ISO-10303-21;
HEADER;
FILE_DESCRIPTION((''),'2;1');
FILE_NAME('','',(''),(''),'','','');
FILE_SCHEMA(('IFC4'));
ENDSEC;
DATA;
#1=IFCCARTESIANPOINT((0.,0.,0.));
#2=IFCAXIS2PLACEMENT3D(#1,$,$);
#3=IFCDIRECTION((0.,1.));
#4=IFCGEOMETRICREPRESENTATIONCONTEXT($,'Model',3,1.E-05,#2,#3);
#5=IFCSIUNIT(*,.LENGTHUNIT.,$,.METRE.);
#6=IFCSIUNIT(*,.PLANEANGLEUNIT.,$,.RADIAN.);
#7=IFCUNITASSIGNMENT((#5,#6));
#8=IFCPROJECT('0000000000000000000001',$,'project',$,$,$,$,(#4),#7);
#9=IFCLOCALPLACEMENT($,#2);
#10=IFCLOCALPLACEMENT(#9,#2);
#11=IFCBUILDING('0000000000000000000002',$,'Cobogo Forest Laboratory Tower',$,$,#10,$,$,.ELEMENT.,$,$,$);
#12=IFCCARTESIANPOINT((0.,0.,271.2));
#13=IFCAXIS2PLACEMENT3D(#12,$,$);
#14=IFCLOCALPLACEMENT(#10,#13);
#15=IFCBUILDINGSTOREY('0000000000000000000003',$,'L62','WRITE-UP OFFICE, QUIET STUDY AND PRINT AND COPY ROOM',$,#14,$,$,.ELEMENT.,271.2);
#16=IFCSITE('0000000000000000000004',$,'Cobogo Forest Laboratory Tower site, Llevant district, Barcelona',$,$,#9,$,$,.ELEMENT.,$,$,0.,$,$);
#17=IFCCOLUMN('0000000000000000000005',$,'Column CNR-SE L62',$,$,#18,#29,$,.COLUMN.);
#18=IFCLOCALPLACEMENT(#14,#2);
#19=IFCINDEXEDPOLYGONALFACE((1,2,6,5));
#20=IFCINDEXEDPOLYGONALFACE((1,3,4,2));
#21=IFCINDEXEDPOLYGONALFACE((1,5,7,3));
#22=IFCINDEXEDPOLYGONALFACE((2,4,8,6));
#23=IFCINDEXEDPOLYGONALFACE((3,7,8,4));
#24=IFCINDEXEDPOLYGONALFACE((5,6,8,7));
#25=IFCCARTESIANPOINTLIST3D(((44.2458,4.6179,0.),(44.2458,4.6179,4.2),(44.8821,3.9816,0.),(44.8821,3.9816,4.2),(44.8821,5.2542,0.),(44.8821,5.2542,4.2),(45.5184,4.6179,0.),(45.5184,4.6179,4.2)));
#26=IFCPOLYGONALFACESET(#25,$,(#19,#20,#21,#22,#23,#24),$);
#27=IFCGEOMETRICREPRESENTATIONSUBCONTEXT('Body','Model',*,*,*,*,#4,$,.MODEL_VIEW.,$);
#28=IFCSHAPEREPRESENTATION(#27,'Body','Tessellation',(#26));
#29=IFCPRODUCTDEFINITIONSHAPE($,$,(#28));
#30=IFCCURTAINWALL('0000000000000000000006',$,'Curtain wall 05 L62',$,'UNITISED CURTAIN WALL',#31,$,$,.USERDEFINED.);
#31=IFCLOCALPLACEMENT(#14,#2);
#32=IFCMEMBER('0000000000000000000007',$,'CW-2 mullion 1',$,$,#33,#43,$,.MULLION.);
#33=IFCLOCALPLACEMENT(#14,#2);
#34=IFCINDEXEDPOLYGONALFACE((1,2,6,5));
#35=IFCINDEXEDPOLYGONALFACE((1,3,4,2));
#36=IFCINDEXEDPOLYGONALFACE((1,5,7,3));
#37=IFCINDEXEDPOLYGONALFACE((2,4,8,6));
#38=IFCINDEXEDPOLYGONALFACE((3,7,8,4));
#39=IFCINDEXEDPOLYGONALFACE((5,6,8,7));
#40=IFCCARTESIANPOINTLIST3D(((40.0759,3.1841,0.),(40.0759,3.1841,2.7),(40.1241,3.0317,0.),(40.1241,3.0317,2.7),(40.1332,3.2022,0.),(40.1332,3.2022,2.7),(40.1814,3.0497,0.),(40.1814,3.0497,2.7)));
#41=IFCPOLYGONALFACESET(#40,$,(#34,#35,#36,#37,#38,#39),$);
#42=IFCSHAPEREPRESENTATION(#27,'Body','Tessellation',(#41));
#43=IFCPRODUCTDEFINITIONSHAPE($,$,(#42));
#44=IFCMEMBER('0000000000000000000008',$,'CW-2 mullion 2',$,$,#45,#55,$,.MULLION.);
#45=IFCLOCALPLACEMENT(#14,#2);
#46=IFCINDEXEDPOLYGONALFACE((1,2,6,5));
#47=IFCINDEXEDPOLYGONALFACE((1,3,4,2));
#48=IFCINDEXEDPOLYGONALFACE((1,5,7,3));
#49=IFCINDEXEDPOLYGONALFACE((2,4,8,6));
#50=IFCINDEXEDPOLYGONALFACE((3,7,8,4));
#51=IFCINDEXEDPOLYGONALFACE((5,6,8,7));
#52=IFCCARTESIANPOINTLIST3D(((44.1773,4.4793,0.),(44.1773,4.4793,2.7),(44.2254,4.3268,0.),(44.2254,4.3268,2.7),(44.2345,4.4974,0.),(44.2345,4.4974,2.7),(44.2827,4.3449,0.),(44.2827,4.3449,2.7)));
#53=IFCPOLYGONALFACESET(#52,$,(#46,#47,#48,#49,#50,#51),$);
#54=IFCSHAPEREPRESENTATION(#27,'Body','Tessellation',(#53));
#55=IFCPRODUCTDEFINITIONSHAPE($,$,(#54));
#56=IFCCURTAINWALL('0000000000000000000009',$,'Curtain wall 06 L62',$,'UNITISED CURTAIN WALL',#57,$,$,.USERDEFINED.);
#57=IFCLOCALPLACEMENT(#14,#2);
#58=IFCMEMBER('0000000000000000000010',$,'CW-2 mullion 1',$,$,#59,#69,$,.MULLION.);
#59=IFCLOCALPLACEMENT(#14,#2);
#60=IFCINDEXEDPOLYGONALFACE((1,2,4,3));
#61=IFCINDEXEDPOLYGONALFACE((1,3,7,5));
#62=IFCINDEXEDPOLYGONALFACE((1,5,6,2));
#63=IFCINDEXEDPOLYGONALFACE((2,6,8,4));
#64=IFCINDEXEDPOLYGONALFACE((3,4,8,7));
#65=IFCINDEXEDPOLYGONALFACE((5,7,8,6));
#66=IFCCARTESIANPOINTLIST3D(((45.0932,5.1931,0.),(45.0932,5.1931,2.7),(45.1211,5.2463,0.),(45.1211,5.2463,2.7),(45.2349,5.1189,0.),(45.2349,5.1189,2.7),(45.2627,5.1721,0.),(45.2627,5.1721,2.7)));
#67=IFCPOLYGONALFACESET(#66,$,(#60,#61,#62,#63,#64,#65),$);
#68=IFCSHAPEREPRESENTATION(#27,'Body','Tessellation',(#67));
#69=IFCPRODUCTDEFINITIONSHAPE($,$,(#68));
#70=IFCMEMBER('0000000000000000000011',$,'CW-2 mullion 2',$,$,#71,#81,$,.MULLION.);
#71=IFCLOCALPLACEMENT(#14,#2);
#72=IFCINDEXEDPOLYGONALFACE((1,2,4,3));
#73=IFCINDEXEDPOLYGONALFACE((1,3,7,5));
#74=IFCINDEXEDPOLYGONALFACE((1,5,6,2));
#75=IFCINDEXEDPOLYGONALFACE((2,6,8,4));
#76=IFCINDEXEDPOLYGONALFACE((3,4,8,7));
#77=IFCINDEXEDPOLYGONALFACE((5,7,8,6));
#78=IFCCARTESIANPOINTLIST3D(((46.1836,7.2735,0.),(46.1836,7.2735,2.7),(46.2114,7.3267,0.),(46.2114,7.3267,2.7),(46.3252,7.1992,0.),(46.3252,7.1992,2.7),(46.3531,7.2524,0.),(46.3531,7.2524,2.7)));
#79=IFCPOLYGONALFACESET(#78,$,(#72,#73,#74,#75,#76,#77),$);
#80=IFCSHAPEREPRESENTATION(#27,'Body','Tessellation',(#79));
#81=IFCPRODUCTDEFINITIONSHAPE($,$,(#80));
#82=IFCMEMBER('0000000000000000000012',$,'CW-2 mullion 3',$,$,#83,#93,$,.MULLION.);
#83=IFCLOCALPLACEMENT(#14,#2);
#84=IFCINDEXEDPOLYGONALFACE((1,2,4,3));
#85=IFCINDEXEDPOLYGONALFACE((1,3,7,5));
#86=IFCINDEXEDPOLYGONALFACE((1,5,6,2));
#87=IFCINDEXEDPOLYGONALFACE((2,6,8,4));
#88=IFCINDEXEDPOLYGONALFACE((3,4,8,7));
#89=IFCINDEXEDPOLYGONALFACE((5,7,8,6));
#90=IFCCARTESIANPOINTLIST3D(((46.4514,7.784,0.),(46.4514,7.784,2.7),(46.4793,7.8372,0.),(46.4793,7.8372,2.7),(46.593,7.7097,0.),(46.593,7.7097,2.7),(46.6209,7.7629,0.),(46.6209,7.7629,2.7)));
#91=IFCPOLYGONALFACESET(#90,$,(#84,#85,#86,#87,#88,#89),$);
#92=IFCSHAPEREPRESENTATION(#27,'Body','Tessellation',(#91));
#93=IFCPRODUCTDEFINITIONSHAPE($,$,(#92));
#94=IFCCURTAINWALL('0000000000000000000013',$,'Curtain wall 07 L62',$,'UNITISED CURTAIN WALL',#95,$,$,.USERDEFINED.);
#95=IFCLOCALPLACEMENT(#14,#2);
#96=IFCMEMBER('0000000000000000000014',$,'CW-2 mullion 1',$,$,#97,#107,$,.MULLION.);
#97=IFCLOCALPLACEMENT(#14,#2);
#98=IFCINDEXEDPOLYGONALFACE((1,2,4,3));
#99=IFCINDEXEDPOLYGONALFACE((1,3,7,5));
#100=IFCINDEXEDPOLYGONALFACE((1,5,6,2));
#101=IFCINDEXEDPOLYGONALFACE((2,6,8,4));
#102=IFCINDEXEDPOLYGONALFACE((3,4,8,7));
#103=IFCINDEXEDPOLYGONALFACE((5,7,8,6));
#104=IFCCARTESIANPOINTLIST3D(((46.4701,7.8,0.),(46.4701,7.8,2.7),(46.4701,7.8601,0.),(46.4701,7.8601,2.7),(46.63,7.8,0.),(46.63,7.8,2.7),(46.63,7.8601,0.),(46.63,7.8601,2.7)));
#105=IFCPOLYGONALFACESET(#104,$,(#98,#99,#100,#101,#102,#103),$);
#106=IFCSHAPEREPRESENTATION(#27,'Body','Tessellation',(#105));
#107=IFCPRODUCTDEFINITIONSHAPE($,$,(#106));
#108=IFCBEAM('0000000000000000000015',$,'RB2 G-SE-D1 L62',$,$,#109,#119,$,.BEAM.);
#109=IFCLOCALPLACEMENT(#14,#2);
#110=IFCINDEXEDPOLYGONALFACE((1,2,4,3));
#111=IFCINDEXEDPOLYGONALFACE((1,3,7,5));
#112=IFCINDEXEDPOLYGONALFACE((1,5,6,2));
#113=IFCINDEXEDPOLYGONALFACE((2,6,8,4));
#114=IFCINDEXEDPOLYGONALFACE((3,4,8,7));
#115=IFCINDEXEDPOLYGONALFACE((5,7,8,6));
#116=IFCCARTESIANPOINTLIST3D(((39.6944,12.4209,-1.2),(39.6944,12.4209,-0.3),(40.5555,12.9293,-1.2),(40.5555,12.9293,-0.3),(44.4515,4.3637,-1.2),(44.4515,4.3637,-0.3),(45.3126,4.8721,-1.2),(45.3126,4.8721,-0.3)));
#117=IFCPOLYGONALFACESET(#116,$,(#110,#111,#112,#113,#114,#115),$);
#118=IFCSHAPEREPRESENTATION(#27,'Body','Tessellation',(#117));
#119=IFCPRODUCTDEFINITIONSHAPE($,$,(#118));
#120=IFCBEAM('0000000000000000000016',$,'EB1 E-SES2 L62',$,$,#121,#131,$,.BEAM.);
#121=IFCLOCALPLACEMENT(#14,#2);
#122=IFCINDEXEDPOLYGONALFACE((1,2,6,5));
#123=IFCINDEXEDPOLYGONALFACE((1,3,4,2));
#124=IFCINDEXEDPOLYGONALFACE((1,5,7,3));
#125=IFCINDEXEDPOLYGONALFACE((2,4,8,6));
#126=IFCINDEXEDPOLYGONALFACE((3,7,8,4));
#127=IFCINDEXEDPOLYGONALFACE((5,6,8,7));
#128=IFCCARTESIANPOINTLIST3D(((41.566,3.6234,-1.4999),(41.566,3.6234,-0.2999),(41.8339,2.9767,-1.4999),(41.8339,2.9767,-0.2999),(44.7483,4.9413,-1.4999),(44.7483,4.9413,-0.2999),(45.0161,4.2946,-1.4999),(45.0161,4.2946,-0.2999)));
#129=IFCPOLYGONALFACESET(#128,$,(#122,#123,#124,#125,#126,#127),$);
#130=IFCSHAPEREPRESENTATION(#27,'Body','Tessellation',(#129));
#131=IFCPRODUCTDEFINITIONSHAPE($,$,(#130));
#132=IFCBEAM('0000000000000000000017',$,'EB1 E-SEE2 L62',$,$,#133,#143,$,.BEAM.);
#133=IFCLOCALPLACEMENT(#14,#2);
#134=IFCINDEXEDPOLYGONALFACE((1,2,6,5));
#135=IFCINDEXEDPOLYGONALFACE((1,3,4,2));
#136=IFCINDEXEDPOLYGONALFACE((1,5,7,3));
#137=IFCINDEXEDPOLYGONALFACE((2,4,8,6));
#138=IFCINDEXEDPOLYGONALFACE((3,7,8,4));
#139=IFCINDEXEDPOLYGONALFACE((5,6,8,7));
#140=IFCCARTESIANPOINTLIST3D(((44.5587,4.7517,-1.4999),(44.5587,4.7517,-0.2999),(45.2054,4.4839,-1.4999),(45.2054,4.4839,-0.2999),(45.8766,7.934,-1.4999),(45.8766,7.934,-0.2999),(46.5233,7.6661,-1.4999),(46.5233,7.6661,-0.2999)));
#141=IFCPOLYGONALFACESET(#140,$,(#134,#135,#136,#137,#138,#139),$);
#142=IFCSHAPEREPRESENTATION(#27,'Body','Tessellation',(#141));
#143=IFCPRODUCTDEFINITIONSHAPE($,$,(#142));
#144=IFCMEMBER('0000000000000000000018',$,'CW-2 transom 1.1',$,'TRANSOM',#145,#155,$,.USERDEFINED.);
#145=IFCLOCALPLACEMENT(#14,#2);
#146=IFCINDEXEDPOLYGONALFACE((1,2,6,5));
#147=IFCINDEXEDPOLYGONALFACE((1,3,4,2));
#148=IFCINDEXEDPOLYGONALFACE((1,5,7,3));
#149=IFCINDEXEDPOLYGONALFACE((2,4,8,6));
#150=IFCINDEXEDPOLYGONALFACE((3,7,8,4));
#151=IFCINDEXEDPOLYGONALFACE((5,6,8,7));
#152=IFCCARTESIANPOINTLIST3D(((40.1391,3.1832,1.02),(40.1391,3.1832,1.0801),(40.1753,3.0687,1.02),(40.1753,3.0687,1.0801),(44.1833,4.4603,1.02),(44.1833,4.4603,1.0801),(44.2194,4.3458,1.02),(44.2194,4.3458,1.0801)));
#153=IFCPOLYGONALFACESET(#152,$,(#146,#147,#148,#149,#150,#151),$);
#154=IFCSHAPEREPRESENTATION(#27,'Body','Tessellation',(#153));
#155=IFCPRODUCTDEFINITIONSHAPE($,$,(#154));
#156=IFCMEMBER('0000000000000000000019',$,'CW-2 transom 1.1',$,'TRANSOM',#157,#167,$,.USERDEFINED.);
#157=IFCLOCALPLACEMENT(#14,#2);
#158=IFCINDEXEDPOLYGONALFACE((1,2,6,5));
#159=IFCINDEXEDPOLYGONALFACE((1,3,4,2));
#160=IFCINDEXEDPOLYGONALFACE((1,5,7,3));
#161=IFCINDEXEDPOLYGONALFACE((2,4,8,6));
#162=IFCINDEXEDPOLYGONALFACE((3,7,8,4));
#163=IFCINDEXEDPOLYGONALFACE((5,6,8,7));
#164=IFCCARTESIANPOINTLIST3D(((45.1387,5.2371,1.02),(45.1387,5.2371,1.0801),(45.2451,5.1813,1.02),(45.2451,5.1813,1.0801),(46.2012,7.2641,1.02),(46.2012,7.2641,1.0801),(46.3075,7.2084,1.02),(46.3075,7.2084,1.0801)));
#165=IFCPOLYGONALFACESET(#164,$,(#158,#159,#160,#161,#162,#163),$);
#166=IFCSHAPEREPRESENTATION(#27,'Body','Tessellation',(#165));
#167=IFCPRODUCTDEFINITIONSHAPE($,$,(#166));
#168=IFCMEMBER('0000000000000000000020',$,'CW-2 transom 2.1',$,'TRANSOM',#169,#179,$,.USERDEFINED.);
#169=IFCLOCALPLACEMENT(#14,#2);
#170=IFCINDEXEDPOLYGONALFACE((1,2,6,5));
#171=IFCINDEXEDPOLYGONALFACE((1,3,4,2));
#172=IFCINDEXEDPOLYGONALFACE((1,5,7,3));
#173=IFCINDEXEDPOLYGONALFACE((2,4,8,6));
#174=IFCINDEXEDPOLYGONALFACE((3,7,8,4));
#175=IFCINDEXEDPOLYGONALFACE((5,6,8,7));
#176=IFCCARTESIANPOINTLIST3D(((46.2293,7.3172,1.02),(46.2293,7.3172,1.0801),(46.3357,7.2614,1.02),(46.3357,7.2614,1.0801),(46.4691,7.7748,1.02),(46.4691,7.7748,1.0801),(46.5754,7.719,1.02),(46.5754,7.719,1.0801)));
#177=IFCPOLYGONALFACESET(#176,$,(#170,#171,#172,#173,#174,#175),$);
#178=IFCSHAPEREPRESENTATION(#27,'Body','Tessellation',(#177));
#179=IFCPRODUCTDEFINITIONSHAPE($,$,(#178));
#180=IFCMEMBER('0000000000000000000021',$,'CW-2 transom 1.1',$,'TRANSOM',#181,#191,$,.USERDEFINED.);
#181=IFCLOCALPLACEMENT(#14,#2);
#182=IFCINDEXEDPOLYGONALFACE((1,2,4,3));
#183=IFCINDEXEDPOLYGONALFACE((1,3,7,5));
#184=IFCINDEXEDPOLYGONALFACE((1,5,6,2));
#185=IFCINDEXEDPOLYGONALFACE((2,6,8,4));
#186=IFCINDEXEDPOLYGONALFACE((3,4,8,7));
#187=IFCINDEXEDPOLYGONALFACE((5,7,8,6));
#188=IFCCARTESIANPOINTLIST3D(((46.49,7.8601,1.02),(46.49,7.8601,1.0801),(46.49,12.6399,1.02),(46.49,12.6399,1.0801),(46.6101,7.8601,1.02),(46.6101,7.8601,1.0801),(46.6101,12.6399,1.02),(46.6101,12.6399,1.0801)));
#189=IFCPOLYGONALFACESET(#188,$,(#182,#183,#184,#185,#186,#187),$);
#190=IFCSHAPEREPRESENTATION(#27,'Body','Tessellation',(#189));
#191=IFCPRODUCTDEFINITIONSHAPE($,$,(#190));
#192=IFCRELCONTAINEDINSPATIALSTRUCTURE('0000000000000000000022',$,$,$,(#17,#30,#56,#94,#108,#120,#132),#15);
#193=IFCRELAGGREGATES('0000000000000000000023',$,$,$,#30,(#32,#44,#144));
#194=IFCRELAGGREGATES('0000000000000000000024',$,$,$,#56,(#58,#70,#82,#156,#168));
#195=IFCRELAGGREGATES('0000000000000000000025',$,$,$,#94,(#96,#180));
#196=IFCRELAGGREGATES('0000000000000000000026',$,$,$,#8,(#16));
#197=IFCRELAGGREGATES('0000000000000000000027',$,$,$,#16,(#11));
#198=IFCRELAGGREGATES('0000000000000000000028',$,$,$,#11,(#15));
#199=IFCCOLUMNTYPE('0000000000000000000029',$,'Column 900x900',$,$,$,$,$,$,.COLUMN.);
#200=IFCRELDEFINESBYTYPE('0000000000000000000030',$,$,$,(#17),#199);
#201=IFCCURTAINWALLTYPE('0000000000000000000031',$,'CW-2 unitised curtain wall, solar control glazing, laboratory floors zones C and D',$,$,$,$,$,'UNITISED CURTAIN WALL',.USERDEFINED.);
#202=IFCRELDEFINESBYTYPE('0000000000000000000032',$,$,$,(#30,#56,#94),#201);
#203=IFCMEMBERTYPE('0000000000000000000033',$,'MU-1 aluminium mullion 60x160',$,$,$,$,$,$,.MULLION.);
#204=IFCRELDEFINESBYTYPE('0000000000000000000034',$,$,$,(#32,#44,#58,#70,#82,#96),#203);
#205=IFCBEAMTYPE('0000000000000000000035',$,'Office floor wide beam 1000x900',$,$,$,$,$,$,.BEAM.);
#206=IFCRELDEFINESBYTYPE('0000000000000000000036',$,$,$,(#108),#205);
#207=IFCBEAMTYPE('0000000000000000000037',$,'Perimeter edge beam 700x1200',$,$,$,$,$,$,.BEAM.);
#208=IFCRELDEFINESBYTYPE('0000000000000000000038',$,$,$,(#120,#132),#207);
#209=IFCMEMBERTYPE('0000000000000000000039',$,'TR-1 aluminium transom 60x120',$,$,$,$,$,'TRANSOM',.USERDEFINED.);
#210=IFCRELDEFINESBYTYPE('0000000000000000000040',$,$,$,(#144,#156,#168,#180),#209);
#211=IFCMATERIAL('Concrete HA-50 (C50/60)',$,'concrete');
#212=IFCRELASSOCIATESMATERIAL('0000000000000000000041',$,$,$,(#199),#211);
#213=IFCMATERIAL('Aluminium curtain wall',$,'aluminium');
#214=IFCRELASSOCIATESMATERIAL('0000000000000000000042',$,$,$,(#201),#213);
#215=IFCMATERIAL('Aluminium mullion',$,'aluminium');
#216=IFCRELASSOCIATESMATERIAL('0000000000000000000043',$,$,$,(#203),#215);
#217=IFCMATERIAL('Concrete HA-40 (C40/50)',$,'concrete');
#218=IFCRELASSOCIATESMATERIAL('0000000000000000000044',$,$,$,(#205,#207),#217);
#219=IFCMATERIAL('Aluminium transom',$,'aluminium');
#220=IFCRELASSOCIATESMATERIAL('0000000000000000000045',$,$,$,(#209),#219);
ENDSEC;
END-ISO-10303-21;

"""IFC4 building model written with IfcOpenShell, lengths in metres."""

from ifc_helpers import new_model, si_unit, direction, frame, origin, origin_2d, place, context, subcontext, project, spatial, rectangle, extrude, material, material_profile, profile_set, type_object, element, aggregate, save


model = new_model("IFC4")

# Units and contexts
model_context = context("Model", 3, precision=1e-05, world=origin(), true_north=direction((0.0, 1.0)))
body_context = subcontext(model_context, "Body", "Model", "MODEL_VIEW")
ifc_project = project(units=[si_unit("LENGTHUNIT", "METRE"), si_unit("PLANEANGLEUNIT", "RADIAN")], contexts=[model_context])

# Site, building, storey
site_placement = place(None, origin())
site = spatial("IfcSite", under=ifc_project, at=site_placement, Name="Cobogo Forest Laboratory Tower site, Llevant district, Barcelona", CompositionType="ELEMENT", RefElevation=0.0)
building_placement = place(site_placement, origin())
building = spatial("IfcBuilding", under=site, at=building_placement, Name="Cobogo Forest Laboratory Tower", CompositionType="ELEMENT")
storey_placement = place(building_placement, frame((0.0, 0.0, 271.2)))
storey = spatial("IfcBuildingStorey", under=building, at=storey_placement, Name="L62", Description="WRITE-UP OFFICE, QUIET STUDY AND PRINT AND COPY ROOM", CompositionType="ELEMENT", Elevation=271.2)

# Column
ifc_material_1 = material(Name="Concrete HA-50 (C50/60)", Category="concrete")
ifc_material_profile_1 = material_profile(ifc_material_1, rectangle(XDim=0.8999, YDim=0.8999, at=origin_2d()), Name="RC 900x900")
ifc_profile_set_1 = profile_set([ifc_material_profile_1], Name="Concrete HA-50 (C50/60)")
column_type = type_object("IfcColumnType", Name="Column 900x900", PredefinedType="COLUMN", material=ifc_profile_set_1)
column_placement = place(storey_placement, frame((44.8821, 4.6179, 0.0), z_axis=(0.0, 0.0, 1.0), x_axis=(0.707107, 0.707107, 0.0)))
element("IfcColumn", 1, at=column_placement, inside=storey, type_object=column_type, Name="Column CNR-SE L62", PredefinedType="COLUMN", context=body_context, shape_type="SweptSolid", body=[
    extrude(rectangle(XDim=0.8999, YDim=0.8999, at=origin_2d()), origin(), (0.0, 0.0, 1.0), 4.2),
])

# Curtain walls, members
ifc_material_2 = material(Name="Aluminium curtain wall", Category="aluminium")
curtain_wall_type = type_object("IfcCurtainWallType", Name="CW-2 unitised curtain wall, solar control glazing, laboratory floors zones C and D", ElementType="UNITISED CURTAIN WALL", PredefinedType="USERDEFINED", material=ifc_material_2)
curtain_wall_1_placement = place(storey_placement, origin())
curtain_wall_1 = element("IfcCurtainWall", 2, at=curtain_wall_1_placement, inside=storey, type_object=curtain_wall_type, Name="Curtain wall 05 L62", ObjectType="UNITISED CURTAIN WALL", PredefinedType="USERDEFINED")
ifc_material_3 = material(Name="Aluminium mullion", Category="aluminium")
ifc_material_profile_2 = material_profile(ifc_material_3, rectangle(XDim=0.0601, YDim=0.1599, at=origin_2d()), Name="AL 60x160")
ifc_profile_set_2 = profile_set([ifc_material_profile_2], Name="Aluminium mullion")
member_type_1 = type_object("IfcMemberType", Name="MU-1 aluminium mullion 60x160", PredefinedType="MULLION", material=ifc_profile_set_2)
member_1_placement = place(storey_placement, frame((40.1287, 3.1169, 0.0), z_axis=(0.0, 0.0, 1.0), x_axis=(0.953581, 0.301135, 0.0)))
member_1 = element("IfcMember", 3, at=member_1_placement, type_object=member_type_1, Name="CW-2 mullion 1", PredefinedType="MULLION", context=body_context, shape_type="SweptSolid", body=[
    extrude(rectangle(XDim=0.0601, YDim=0.1599, at=origin_2d()), origin(), (0.0, 0.0, 1.0), 2.7),
])
member_2_placement = place(storey_placement, frame((44.23, 4.4121, 0.0), z_axis=(0.0, 0.0, 1.0), x_axis=(0.953581, 0.301135, 0.0)))
member_2 = element("IfcMember", 4, at=member_2_placement, type_object=member_type_1, Name="CW-2 mullion 2", PredefinedType="MULLION", context=body_context, shape_type="SweptSolid", body=[
    extrude(rectangle(XDim=0.0601, YDim=0.1599, at=origin_2d()), origin(), (0.0, 0.0, 1.0), 2.7),
])
curtain_wall_2_placement = place(storey_placement, origin())
curtain_wall_2 = element("IfcCurtainWall", 5, at=curtain_wall_2_placement, inside=storey, type_object=curtain_wall_type, Name="Curtain wall 06 L62", ObjectType="UNITISED CURTAIN WALL", PredefinedType="USERDEFINED")
member_3_placement = place(storey_placement, frame((45.178, 5.1826, 0.0), z_axis=(0.0, 0.0, 1.0), x_axis=(0.464284, 0.885686, 0.0)))
member_3 = element("IfcMember", 6, at=member_3_placement, type_object=member_type_1, Name="CW-2 mullion 1", PredefinedType="MULLION", context=body_context, shape_type="SweptSolid", body=[
    extrude(rectangle(XDim=0.0601, YDim=0.1599, at=origin_2d()), origin(), (0.0, 0.0, 1.0), 2.7),
])
member_4_placement = place(storey_placement, frame((46.2683, 7.2629, 0.0), z_axis=(0.0, 0.0, 1.0), x_axis=(0.464284, 0.885686, 0.0)))
member_4 = element("IfcMember", 7, at=member_4_placement, type_object=member_type_1, Name="CW-2 mullion 2", PredefinedType="MULLION", context=body_context, shape_type="SweptSolid", body=[
    extrude(rectangle(XDim=0.0601, YDim=0.1599, at=origin_2d()), origin(), (0.0, 0.0, 1.0), 2.7),
])
member_5_placement = place(storey_placement, frame((46.5361, 7.7734, 0.0), z_axis=(0.0, 0.0, 1.0), x_axis=(0.464284, 0.885686, 0.0)))
member_5 = element("IfcMember", 8, at=member_5_placement, type_object=member_type_1, Name="CW-2 mullion 3", PredefinedType="MULLION", context=body_context, shape_type="SweptSolid", body=[
    extrude(rectangle(XDim=0.0601, YDim=0.1599, at=origin_2d()), origin(), (0.0, 0.0, 1.0), 2.7),
])

# Curtain wall, member
curtain_wall_3_placement = place(storey_placement, origin())
curtain_wall_3 = element("IfcCurtainWall", 9, at=curtain_wall_3_placement, inside=storey, type_object=curtain_wall_type, Name="Curtain wall 07 L62", ObjectType="UNITISED CURTAIN WALL", PredefinedType="USERDEFINED")
member_6_placement = place(storey_placement, frame((46.55, 7.8301, 0.0), z_axis=(0.0, 0.0, 1.0), x_axis=(0.0, 1.0, 0.0)))
member_6 = element("IfcMember", 10, at=member_6_placement, type_object=member_type_1, Name="CW-2 mullion 1", PredefinedType="MULLION", context=body_context, shape_type="SweptSolid", body=[
    extrude(rectangle(XDim=0.0601, YDim=0.1599, at=origin_2d()), origin(), (0.0, 0.0, 1.0), 2.7),
])

# Beams
ifc_material_4 = material(Name="Concrete HA-40 (C40/50)", Category="concrete")
ifc_material_profile_3 = material_profile(ifc_material_4, rectangle(XDim=1.0, YDim=0.8999, at=origin_2d()), Name="RC 1000x900")
ifc_profile_set_3 = profile_set([ifc_material_profile_3], Name="Concrete HA-40 (C40/50)")
beam_type_1 = type_object("IfcBeamType", Name="Office floor wide beam 1000x900", PredefinedType="BEAM", material=ifc_profile_set_3)
beam_placement = place(storey_placement, frame((44.8821, 4.6179, -0.75), z_axis=(-0.508416, 0.861111, 0.0), x_axis=(-0.861111, -0.508416, 0.0)))
element("IfcBeam", 11, at=beam_placement, inside=storey, type_object=beam_type_1, Name="RB2 G-SE-D1 L62", PredefinedType="BEAM", context=body_context, shape_type="SweptSolid", body=[
    extrude(rectangle(XDim=1.0, YDim=0.8999, at=origin_2d()), origin(), (0.0, 0.0, 1.0), 9.3567),
])
ifc_material_profile_4 = material_profile(ifc_material_4, rectangle(XDim=0.7, YDim=1.2, at=origin_2d()), Name="RC 700x1200")
ifc_profile_set_4 = profile_set([ifc_material_profile_4], Name="Concrete HA-40 (C40/50)")
beam_type_2 = type_object("IfcBeamType", Name="Perimeter edge beam 700x1200", PredefinedType="BEAM", material=ifc_profile_set_4)
for number, where, z_axis, x_axis, name in (
    (12, (41.7, 3.3, -0.8999), (0.923901, 0.382631, 0.0), (-0.382631, 0.923901, 0.0), "EB1 E-SES2 L62"),
    (13, (46.2, 7.8, -0.8999), (-0.382631, -0.923901, 0.0), (0.923901, -0.382631, 0.0), "EB1 E-SEE2 L62"),
):
    element("IfcBeam", number, at=place(storey_placement, frame(where, z_axis=z_axis, x_axis=x_axis)), inside=storey, type_object=beam_type_2, Name=name, PredefinedType="BEAM", context=body_context, shape_type="SweptSolid", body=[
        extrude(rectangle(XDim=0.7, YDim=1.2, at=origin_2d()), origin(), (0.0, 0.0, 1.0), 3.4443),
    ])

# Members
ifc_material_5 = material(Name="Aluminium transom", Category="aluminium")
ifc_material_profile_5 = material_profile(ifc_material_5, rectangle(XDim=0.1201, YDim=0.0601, at=origin_2d()), Name="AL 60x120")
ifc_profile_set_5 = profile_set([ifc_material_profile_5], Name="Aluminium transom")
member_type_2 = type_object("IfcMemberType", Name="TR-1 aluminium transom 60x120", ElementType="TRANSOM", PredefinedType="USERDEFINED", material=ifc_profile_set_5)
member_7_placement = place(storey_placement, frame((40.1572, 3.126, 1.05), z_axis=(0.953584, 0.301129, 0.0), x_axis=(-0.301129, 0.953584, 0.0)))
member_7 = element("IfcMember", 14, at=member_7_placement, type_object=member_type_2, Name="CW-2 transom 1.1", ObjectType="TRANSOM", PredefinedType="USERDEFINED", context=body_context, shape_type="SweptSolid", body=[
    extrude(rectangle(XDim=0.1201, YDim=0.0601, at=origin_2d()), origin(), (0.0, 0.0, 1.0), 4.241),
])
member_8_placement = place(storey_placement, frame((45.1919, 5.2092, 1.05), z_axis=(0.464242, 0.885708, 0.0), x_axis=(-0.885708, 0.464242, 0.0)))
member_8 = element("IfcMember", 15, at=member_8_placement, type_object=member_type_2, Name="CW-2 transom 1.1", ObjectType="TRANSOM", PredefinedType="USERDEFINED", context=body_context, shape_type="SweptSolid", body=[
    extrude(rectangle(XDim=0.1201, YDim=0.0601, at=origin_2d()), origin(), (0.0, 0.0, 1.0), 2.2886),
])
member_9_placement = place(storey_placement, frame((46.2825, 7.2893, 1.05), z_axis=(0.464148, 0.885758, 0.0), x_axis=(-0.885758, 0.464148, 0.0)))
member_9 = element("IfcMember", 16, at=member_9_placement, type_object=member_type_2, Name="CW-2 transom 2.1", ObjectType="TRANSOM", PredefinedType="USERDEFINED", context=body_context, shape_type="SweptSolid", body=[
    extrude(rectangle(XDim=0.1201, YDim=0.0601, at=origin_2d()), origin(), (0.0, 0.0, 1.0), 0.5166),
])
member_10_placement = place(storey_placement, frame((46.55, 7.8601, 1.05), z_axis=(0.0, 1.0, 0.0), x_axis=(-1.0, 0.0, 0.0)))
member_10 = element("IfcMember", 17, at=member_10_placement, type_object=member_type_2, Name="CW-2 transom 1.1", ObjectType="TRANSOM", PredefinedType="USERDEFINED", context=body_context, shape_type="SweptSolid", body=[
    extrude(rectangle(XDim=0.1201, YDim=0.0601, at=origin_2d()), origin(), (0.0, 0.0, 1.0), 4.7798),
])

aggregate(curtain_wall_1, [member_1, member_2, member_7])
aggregate(curtain_wall_2, [member_3, member_4, member_5, member_8, member_9])
aggregate(curtain_wall_3, [member_6, member_10])

save(model, "model.ifc")
